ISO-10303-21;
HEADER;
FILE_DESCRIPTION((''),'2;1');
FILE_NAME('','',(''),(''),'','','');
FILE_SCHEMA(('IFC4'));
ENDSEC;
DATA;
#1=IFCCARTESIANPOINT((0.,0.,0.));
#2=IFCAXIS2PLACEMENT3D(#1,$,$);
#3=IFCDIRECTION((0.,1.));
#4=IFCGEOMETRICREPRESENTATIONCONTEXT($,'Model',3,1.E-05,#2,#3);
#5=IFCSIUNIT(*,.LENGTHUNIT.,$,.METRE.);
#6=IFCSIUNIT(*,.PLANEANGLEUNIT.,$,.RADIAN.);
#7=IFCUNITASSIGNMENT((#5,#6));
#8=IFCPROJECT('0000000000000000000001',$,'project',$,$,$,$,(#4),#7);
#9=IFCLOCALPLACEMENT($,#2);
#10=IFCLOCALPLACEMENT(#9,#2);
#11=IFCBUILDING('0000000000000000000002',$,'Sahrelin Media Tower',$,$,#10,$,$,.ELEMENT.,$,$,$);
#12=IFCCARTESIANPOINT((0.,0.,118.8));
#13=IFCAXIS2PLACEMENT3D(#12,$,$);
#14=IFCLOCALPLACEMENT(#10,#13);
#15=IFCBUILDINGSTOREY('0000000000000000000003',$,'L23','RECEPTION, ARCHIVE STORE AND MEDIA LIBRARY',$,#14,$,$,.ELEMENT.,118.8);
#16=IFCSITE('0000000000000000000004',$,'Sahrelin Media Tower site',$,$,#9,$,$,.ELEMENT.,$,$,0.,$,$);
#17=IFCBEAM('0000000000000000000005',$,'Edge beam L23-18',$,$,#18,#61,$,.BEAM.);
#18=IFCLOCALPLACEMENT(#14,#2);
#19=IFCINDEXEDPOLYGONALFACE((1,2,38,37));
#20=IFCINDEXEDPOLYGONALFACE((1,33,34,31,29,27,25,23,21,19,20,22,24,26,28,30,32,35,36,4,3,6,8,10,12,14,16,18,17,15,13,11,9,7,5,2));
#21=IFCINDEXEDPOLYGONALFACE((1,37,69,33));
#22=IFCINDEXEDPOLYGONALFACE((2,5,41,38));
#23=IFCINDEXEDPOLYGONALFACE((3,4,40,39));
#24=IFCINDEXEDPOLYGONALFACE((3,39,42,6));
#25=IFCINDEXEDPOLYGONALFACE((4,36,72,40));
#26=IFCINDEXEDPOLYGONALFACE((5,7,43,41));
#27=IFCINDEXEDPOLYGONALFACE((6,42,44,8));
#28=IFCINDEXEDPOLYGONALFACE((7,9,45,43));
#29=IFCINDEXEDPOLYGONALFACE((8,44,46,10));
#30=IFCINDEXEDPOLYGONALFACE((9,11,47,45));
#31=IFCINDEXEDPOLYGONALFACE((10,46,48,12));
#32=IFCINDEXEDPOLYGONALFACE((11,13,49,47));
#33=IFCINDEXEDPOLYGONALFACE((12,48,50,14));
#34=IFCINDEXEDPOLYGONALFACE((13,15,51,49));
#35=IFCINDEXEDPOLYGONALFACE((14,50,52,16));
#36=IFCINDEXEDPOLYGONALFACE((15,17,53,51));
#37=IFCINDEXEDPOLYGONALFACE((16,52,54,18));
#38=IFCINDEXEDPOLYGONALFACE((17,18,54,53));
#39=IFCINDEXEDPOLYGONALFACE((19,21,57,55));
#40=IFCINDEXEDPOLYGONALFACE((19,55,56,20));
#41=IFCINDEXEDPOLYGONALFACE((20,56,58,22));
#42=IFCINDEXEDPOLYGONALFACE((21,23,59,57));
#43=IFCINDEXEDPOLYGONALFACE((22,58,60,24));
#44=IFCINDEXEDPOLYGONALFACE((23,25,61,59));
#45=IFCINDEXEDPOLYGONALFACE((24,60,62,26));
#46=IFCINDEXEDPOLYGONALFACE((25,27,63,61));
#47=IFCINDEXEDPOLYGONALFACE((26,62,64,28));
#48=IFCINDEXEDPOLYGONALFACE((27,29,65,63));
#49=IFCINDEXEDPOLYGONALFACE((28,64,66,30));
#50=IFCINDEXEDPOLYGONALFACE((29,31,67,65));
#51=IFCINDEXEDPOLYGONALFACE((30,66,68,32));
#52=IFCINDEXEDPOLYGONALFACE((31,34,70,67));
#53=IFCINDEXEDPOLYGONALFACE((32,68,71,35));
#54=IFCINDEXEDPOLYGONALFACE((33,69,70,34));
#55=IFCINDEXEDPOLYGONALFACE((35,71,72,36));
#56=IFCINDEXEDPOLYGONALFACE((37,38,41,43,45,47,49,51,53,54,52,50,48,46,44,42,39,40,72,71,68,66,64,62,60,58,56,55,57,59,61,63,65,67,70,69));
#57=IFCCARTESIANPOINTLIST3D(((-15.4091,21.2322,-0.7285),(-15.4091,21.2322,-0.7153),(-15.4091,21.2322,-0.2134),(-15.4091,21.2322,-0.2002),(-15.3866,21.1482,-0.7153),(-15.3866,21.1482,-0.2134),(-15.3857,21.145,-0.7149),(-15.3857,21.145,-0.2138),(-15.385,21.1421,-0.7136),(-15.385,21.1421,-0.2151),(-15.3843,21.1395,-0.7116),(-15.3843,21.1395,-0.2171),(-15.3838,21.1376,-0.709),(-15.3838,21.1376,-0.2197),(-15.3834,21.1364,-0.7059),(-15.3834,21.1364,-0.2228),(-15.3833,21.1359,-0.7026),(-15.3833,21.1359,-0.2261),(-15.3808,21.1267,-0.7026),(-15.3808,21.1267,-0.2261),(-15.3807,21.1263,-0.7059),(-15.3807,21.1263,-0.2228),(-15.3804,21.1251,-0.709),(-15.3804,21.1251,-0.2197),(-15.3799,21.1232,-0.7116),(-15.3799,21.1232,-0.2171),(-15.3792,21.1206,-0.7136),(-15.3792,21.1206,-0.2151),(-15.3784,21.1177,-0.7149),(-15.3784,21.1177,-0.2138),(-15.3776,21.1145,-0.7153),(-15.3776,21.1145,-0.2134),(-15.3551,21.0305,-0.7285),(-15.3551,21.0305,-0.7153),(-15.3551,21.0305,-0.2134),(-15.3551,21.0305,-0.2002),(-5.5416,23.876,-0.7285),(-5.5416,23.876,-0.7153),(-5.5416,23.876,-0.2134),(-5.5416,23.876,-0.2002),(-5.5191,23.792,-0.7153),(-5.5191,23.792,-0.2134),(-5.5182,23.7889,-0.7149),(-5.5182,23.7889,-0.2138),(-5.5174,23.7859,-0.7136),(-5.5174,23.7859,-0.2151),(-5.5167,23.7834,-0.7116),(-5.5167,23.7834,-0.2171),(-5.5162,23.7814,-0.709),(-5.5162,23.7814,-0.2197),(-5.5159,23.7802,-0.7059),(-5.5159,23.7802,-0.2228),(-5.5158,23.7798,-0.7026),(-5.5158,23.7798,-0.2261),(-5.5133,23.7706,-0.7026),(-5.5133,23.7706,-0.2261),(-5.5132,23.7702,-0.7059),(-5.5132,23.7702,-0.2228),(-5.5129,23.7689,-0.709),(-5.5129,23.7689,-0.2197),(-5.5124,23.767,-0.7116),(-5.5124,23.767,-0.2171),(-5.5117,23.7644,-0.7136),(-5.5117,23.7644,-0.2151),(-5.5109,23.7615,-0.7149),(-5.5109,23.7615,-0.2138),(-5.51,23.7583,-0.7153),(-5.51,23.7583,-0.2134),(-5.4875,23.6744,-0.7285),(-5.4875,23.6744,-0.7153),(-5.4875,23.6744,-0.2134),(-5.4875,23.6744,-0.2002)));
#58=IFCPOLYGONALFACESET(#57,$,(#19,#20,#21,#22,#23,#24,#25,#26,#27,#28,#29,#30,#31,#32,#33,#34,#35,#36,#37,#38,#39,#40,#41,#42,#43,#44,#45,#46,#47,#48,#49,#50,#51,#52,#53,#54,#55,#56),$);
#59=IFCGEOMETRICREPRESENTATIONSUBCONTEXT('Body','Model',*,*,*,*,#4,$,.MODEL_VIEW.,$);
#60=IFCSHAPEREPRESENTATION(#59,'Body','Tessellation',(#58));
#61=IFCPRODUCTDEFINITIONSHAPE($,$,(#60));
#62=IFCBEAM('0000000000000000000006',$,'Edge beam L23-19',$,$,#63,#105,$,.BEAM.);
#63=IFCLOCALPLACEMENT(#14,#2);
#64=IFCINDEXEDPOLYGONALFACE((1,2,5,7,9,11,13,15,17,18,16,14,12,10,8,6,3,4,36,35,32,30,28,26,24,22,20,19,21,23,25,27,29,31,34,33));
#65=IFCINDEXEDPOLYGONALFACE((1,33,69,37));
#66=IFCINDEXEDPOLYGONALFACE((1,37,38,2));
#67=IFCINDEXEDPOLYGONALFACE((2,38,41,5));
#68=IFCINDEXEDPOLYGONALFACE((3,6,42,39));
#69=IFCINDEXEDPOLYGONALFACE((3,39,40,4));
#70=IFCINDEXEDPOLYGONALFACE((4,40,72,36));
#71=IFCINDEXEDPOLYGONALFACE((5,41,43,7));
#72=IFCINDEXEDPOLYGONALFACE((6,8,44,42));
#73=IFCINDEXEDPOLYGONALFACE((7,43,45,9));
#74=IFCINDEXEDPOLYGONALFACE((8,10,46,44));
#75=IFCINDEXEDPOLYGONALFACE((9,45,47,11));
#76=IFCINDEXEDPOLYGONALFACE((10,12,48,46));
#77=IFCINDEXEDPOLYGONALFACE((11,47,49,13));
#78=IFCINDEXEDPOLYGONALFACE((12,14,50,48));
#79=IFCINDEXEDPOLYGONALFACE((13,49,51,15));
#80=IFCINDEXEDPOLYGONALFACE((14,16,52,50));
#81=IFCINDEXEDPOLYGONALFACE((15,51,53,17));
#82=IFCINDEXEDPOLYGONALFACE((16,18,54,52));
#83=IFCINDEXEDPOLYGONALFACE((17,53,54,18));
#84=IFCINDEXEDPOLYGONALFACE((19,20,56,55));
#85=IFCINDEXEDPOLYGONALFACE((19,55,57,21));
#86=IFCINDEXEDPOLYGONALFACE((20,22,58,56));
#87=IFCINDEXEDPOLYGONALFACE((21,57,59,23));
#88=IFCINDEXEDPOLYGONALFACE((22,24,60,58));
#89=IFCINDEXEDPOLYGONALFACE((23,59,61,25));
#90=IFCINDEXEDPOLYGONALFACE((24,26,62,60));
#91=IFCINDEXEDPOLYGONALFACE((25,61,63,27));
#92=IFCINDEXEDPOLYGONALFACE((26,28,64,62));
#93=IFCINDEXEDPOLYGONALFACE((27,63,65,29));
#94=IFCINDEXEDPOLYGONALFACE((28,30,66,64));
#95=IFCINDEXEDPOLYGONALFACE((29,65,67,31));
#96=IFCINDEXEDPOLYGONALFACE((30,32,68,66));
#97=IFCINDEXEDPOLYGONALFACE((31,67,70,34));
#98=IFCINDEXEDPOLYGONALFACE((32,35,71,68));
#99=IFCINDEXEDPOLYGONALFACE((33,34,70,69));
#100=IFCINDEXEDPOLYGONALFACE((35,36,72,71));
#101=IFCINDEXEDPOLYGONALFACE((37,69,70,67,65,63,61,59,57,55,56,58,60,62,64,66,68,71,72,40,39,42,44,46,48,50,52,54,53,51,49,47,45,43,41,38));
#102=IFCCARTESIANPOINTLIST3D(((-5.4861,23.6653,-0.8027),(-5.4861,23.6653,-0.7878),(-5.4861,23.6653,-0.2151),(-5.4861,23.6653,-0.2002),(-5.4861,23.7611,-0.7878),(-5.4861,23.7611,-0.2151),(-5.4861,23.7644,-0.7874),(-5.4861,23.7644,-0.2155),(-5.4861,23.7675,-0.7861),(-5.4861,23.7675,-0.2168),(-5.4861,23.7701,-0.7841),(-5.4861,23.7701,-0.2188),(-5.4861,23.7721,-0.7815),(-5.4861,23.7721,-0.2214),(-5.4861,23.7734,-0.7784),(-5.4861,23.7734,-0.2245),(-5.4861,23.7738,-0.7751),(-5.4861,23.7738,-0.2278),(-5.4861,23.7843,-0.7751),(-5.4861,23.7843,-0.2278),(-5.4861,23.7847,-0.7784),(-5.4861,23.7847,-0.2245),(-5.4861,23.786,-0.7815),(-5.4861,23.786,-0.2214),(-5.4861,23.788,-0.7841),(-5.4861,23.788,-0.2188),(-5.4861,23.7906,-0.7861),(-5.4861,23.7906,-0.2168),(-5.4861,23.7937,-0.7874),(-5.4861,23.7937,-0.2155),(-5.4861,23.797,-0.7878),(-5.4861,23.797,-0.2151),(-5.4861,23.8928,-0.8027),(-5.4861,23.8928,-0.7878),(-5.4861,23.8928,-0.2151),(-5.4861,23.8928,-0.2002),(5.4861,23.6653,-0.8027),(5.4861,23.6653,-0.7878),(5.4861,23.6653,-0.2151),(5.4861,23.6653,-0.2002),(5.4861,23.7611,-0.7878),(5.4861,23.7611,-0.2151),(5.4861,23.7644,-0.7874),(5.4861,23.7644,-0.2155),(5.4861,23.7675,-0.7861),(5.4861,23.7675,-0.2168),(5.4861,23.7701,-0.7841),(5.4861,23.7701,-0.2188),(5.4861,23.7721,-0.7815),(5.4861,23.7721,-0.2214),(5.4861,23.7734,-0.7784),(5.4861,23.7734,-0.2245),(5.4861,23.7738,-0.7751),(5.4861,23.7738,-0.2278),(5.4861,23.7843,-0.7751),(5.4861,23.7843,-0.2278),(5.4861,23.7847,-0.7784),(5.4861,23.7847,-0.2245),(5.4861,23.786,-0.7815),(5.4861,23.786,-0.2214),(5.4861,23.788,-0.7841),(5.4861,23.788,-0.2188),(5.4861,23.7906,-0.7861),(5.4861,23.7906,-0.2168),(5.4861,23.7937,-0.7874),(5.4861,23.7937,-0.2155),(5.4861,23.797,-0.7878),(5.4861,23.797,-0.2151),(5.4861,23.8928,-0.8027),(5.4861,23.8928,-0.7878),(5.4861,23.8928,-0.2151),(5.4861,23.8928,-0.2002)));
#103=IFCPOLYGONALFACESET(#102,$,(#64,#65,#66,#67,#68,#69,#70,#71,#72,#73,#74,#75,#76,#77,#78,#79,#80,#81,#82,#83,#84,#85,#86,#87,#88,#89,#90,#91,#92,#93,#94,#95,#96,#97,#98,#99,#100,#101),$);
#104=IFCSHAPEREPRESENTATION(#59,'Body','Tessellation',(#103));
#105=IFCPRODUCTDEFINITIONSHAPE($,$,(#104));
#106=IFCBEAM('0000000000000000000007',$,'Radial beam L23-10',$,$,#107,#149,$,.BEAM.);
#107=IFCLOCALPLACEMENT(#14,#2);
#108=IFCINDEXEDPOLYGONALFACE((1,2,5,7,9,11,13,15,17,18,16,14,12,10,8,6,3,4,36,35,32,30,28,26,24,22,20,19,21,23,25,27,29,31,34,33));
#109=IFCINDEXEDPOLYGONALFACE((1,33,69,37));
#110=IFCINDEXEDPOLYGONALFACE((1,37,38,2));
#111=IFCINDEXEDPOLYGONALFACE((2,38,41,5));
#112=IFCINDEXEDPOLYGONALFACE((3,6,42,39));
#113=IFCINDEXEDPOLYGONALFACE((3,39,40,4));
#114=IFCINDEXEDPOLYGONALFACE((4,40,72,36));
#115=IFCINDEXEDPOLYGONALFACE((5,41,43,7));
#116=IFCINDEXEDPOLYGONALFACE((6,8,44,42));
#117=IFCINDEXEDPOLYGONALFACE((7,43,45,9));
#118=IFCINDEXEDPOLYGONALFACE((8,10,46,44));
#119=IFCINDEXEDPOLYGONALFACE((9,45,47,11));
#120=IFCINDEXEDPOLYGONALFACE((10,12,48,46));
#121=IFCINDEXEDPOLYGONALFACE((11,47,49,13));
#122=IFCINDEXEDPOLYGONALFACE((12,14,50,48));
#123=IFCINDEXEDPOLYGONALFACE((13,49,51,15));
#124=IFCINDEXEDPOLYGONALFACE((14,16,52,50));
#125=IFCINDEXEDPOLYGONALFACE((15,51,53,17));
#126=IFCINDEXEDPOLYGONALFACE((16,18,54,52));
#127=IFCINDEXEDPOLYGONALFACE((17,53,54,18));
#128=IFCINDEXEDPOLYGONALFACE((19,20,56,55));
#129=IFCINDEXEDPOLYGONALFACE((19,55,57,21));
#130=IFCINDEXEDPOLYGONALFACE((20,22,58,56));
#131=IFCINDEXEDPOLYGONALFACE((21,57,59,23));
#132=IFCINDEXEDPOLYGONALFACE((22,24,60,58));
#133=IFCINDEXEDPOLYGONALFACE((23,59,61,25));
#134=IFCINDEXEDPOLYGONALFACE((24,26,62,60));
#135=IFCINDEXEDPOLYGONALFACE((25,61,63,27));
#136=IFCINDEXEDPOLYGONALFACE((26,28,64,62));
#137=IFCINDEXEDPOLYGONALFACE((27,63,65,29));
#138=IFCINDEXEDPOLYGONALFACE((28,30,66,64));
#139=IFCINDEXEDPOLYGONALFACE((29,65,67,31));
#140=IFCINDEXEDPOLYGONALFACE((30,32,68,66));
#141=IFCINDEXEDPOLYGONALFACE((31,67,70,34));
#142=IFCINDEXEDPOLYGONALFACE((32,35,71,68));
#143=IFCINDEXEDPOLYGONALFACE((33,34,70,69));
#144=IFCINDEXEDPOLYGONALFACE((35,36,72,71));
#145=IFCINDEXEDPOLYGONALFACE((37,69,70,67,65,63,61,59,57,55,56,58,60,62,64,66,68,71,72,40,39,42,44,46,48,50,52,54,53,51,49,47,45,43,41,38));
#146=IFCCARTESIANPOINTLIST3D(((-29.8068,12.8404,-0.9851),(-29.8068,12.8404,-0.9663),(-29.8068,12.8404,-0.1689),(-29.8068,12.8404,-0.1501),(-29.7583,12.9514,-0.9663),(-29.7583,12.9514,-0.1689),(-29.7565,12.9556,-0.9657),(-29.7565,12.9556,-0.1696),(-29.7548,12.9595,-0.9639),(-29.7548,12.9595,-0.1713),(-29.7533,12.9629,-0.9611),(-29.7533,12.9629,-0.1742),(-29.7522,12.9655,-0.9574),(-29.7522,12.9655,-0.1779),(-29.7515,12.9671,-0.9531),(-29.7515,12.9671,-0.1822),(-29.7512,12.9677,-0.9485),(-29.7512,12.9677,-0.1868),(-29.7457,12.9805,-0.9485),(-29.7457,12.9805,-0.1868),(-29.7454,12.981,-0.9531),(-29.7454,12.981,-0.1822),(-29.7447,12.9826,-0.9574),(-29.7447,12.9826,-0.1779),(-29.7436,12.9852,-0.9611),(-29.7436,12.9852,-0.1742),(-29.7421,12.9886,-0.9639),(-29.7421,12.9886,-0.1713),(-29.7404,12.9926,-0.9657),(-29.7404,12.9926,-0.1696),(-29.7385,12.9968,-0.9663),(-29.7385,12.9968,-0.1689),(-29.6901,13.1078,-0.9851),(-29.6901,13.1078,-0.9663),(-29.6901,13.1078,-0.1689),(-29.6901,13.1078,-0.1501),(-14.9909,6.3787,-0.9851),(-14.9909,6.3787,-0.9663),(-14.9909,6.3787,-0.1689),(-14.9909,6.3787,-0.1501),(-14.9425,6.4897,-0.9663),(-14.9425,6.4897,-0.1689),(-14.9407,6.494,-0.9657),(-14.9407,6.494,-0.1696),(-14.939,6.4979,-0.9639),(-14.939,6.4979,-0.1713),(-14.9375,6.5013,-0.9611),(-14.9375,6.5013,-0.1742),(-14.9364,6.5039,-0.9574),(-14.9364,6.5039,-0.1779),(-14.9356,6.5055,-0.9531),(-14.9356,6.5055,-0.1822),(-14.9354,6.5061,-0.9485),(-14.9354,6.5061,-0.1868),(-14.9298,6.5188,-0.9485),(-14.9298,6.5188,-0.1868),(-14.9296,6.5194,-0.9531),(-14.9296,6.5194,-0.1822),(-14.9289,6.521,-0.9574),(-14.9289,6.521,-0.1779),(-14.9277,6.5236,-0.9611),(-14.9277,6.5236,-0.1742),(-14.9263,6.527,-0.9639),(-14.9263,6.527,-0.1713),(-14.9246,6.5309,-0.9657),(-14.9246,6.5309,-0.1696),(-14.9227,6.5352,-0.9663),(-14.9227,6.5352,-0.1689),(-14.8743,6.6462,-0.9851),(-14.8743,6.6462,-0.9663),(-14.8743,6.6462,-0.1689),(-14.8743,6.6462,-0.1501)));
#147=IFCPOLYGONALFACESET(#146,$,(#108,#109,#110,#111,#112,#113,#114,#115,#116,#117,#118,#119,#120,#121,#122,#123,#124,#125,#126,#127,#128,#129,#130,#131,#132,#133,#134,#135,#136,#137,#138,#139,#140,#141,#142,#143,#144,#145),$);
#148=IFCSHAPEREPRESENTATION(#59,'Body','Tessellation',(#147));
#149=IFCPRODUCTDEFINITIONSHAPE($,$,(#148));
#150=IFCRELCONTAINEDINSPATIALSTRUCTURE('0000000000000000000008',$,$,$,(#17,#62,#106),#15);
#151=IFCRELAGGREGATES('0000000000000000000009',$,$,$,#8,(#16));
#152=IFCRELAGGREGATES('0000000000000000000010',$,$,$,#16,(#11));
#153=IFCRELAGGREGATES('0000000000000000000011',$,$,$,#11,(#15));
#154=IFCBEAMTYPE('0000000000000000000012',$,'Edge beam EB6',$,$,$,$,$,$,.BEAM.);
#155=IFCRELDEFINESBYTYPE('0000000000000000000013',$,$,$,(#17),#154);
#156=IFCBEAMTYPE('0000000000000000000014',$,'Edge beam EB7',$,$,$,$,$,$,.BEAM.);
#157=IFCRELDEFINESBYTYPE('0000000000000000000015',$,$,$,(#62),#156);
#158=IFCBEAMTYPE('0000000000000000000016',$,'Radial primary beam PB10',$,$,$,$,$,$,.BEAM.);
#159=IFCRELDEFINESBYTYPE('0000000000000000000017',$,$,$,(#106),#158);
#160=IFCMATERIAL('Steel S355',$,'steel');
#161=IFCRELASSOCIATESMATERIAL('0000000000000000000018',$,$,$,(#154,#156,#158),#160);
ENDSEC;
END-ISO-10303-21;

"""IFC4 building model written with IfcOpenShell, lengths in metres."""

from ifc_helpers import new_model, si_unit, direction, frame, origin, origin_2d, place, context, subcontext, project, spatial, i_section, extrude, material, material_profile, profile_set, type_object, element, save


model = new_model("IFC4")

# Units and contexts
model_context = context("Model", 3, precision=1e-05, world=origin(), true_north=direction((0.0, 1.0)))
body_context = subcontext(model_context, "Body", "Model", "MODEL_VIEW")
ifc_project = project(units=[si_unit("LENGTHUNIT", "METRE"), si_unit("PLANEANGLEUNIT", "RADIAN")], contexts=[model_context])

# Site, building, storey
site_placement = place(None, origin())
site = spatial("IfcSite", under=ifc_project, at=site_placement, Name="Sahrelin Media Tower site", CompositionType="ELEMENT", RefElevation=0.0)
building_placement = place(site_placement, origin())
building = spatial("IfcBuilding", under=site, at=building_placement, Name="Sahrelin Media Tower", CompositionType="ELEMENT")
storey_placement = place(building_placement, frame((0.0, 0.0, 118.8)))
storey = spatial("IfcBuildingStorey", under=building, at=storey_placement, Name="L23", Description="RECEPTION, ARCHIVE STORE AND MEDIA LIBRARY", CompositionType="ELEMENT", Elevation=118.8)

# Beams
ifc_material_1 = material(Name="Steel S355", Category="steel")
ifc_material_profile_1 = material_profile(ifc_material_1, i_section(OverallWidth=0.2087, OverallDepth=0.5283, WebThickness=0.0095, FlangeThickness=0.0132, FilletRadius=0.0127, at=origin_2d()), Name="UB 533x210x82")
ifc_profile_set_1 = profile_set([ifc_material_profile_1], Name="Steel S355")
beam_type_1 = type_object("IfcBeamType", Name="Edge beam EB6", PredefinedType="BEAM", material=ifc_profile_set_1)
beam_1_placement = place(storey_placement, frame((-15.3821, 21.1313, -0.4644), z_axis=(0.96593, 0.258803, 0.0), x_axis=(-0.258803, 0.96593, 0.0)))
element("IfcBeam", 1, at=beam_1_placement, inside=storey, type_object=beam_type_1, Name="Edge beam L23-18", PredefinedType="BEAM", context=body_context, shape_type="SweptSolid", body=[
    extrude(i_section(OverallWidth=0.2087, OverallDepth=0.5283, WebThickness=0.0095, FlangeThickness=0.0132, FilletRadius=0.0127, at=origin_2d()), origin(), (0.0, 0.0, 1.0), 10.2156),
])
ifc_material_profile_2 = material_profile(ifc_material_1, i_section(OverallWidth=0.2275, OverallDepth=0.6025, WebThickness=0.0105, FlangeThickness=0.0149, FilletRadius=0.0127, at=origin_2d()), Name="UB 610x229x101")
ifc_profile_set_2 = profile_set([ifc_material_profile_2], Name="Steel S355")
beam_type_2 = type_object("IfcBeamType", Name="Edge beam EB7", PredefinedType="BEAM", material=ifc_profile_set_2)
beam_2_placement = place(storey_placement, frame((-5.4861, 23.7791, -0.5015), z_axis=(1.0, 0.0, 0.0), x_axis=(0.0, 1.0, 0.0)))
element("IfcBeam", 2, at=beam_2_placement, inside=storey, type_object=beam_type_2, Name="Edge beam L23-19", PredefinedType="BEAM", context=body_context, shape_type="SweptSolid", body=[
    extrude(i_section(OverallWidth=0.2275, OverallDepth=0.6025, WebThickness=0.0105, FlangeThickness=0.0149, FilletRadius=0.0127, at=origin_2d()), origin(), (0.0, 0.0, 1.0), 10.9722),
])
ifc_material_profile_3 = material_profile(ifc_material_1, i_section(OverallWidth=0.2917, OverallDepth=0.835, WebThickness=0.0139, FlangeThickness=0.0188, FilletRadius=0.0178, at=origin_2d()), Name="UB 838x292x176")
ifc_profile_set_3 = profile_set([ifc_material_profile_3], Name="Steel S355")
beam_type_3 = type_object("IfcBeamType", Name="Radial primary beam PB10", PredefinedType="BEAM", material=ifc_profile_set_3)
beam_3_placement = place(storey_placement, frame((-14.9326, 6.5125, -0.5676), z_axis=(-0.916618, 0.399765, 0.0), x_axis=(-0.399765, -0.916618, 0.0)))
element("IfcBeam", 3, at=beam_3_placement, inside=storey, type_object=beam_type_3, Name="Radial beam L23-10", PredefinedType="BEAM", context=body_context, shape_type="SweptSolid", body=[
    extrude(i_section(OverallWidth=0.2917, OverallDepth=0.835, WebThickness=0.0139, FlangeThickness=0.0188, FilletRadius=0.0178, at=origin_2d()), origin(), (0.0, 0.0, 1.0), 16.1636),
])

save(model, "model.ifc")
